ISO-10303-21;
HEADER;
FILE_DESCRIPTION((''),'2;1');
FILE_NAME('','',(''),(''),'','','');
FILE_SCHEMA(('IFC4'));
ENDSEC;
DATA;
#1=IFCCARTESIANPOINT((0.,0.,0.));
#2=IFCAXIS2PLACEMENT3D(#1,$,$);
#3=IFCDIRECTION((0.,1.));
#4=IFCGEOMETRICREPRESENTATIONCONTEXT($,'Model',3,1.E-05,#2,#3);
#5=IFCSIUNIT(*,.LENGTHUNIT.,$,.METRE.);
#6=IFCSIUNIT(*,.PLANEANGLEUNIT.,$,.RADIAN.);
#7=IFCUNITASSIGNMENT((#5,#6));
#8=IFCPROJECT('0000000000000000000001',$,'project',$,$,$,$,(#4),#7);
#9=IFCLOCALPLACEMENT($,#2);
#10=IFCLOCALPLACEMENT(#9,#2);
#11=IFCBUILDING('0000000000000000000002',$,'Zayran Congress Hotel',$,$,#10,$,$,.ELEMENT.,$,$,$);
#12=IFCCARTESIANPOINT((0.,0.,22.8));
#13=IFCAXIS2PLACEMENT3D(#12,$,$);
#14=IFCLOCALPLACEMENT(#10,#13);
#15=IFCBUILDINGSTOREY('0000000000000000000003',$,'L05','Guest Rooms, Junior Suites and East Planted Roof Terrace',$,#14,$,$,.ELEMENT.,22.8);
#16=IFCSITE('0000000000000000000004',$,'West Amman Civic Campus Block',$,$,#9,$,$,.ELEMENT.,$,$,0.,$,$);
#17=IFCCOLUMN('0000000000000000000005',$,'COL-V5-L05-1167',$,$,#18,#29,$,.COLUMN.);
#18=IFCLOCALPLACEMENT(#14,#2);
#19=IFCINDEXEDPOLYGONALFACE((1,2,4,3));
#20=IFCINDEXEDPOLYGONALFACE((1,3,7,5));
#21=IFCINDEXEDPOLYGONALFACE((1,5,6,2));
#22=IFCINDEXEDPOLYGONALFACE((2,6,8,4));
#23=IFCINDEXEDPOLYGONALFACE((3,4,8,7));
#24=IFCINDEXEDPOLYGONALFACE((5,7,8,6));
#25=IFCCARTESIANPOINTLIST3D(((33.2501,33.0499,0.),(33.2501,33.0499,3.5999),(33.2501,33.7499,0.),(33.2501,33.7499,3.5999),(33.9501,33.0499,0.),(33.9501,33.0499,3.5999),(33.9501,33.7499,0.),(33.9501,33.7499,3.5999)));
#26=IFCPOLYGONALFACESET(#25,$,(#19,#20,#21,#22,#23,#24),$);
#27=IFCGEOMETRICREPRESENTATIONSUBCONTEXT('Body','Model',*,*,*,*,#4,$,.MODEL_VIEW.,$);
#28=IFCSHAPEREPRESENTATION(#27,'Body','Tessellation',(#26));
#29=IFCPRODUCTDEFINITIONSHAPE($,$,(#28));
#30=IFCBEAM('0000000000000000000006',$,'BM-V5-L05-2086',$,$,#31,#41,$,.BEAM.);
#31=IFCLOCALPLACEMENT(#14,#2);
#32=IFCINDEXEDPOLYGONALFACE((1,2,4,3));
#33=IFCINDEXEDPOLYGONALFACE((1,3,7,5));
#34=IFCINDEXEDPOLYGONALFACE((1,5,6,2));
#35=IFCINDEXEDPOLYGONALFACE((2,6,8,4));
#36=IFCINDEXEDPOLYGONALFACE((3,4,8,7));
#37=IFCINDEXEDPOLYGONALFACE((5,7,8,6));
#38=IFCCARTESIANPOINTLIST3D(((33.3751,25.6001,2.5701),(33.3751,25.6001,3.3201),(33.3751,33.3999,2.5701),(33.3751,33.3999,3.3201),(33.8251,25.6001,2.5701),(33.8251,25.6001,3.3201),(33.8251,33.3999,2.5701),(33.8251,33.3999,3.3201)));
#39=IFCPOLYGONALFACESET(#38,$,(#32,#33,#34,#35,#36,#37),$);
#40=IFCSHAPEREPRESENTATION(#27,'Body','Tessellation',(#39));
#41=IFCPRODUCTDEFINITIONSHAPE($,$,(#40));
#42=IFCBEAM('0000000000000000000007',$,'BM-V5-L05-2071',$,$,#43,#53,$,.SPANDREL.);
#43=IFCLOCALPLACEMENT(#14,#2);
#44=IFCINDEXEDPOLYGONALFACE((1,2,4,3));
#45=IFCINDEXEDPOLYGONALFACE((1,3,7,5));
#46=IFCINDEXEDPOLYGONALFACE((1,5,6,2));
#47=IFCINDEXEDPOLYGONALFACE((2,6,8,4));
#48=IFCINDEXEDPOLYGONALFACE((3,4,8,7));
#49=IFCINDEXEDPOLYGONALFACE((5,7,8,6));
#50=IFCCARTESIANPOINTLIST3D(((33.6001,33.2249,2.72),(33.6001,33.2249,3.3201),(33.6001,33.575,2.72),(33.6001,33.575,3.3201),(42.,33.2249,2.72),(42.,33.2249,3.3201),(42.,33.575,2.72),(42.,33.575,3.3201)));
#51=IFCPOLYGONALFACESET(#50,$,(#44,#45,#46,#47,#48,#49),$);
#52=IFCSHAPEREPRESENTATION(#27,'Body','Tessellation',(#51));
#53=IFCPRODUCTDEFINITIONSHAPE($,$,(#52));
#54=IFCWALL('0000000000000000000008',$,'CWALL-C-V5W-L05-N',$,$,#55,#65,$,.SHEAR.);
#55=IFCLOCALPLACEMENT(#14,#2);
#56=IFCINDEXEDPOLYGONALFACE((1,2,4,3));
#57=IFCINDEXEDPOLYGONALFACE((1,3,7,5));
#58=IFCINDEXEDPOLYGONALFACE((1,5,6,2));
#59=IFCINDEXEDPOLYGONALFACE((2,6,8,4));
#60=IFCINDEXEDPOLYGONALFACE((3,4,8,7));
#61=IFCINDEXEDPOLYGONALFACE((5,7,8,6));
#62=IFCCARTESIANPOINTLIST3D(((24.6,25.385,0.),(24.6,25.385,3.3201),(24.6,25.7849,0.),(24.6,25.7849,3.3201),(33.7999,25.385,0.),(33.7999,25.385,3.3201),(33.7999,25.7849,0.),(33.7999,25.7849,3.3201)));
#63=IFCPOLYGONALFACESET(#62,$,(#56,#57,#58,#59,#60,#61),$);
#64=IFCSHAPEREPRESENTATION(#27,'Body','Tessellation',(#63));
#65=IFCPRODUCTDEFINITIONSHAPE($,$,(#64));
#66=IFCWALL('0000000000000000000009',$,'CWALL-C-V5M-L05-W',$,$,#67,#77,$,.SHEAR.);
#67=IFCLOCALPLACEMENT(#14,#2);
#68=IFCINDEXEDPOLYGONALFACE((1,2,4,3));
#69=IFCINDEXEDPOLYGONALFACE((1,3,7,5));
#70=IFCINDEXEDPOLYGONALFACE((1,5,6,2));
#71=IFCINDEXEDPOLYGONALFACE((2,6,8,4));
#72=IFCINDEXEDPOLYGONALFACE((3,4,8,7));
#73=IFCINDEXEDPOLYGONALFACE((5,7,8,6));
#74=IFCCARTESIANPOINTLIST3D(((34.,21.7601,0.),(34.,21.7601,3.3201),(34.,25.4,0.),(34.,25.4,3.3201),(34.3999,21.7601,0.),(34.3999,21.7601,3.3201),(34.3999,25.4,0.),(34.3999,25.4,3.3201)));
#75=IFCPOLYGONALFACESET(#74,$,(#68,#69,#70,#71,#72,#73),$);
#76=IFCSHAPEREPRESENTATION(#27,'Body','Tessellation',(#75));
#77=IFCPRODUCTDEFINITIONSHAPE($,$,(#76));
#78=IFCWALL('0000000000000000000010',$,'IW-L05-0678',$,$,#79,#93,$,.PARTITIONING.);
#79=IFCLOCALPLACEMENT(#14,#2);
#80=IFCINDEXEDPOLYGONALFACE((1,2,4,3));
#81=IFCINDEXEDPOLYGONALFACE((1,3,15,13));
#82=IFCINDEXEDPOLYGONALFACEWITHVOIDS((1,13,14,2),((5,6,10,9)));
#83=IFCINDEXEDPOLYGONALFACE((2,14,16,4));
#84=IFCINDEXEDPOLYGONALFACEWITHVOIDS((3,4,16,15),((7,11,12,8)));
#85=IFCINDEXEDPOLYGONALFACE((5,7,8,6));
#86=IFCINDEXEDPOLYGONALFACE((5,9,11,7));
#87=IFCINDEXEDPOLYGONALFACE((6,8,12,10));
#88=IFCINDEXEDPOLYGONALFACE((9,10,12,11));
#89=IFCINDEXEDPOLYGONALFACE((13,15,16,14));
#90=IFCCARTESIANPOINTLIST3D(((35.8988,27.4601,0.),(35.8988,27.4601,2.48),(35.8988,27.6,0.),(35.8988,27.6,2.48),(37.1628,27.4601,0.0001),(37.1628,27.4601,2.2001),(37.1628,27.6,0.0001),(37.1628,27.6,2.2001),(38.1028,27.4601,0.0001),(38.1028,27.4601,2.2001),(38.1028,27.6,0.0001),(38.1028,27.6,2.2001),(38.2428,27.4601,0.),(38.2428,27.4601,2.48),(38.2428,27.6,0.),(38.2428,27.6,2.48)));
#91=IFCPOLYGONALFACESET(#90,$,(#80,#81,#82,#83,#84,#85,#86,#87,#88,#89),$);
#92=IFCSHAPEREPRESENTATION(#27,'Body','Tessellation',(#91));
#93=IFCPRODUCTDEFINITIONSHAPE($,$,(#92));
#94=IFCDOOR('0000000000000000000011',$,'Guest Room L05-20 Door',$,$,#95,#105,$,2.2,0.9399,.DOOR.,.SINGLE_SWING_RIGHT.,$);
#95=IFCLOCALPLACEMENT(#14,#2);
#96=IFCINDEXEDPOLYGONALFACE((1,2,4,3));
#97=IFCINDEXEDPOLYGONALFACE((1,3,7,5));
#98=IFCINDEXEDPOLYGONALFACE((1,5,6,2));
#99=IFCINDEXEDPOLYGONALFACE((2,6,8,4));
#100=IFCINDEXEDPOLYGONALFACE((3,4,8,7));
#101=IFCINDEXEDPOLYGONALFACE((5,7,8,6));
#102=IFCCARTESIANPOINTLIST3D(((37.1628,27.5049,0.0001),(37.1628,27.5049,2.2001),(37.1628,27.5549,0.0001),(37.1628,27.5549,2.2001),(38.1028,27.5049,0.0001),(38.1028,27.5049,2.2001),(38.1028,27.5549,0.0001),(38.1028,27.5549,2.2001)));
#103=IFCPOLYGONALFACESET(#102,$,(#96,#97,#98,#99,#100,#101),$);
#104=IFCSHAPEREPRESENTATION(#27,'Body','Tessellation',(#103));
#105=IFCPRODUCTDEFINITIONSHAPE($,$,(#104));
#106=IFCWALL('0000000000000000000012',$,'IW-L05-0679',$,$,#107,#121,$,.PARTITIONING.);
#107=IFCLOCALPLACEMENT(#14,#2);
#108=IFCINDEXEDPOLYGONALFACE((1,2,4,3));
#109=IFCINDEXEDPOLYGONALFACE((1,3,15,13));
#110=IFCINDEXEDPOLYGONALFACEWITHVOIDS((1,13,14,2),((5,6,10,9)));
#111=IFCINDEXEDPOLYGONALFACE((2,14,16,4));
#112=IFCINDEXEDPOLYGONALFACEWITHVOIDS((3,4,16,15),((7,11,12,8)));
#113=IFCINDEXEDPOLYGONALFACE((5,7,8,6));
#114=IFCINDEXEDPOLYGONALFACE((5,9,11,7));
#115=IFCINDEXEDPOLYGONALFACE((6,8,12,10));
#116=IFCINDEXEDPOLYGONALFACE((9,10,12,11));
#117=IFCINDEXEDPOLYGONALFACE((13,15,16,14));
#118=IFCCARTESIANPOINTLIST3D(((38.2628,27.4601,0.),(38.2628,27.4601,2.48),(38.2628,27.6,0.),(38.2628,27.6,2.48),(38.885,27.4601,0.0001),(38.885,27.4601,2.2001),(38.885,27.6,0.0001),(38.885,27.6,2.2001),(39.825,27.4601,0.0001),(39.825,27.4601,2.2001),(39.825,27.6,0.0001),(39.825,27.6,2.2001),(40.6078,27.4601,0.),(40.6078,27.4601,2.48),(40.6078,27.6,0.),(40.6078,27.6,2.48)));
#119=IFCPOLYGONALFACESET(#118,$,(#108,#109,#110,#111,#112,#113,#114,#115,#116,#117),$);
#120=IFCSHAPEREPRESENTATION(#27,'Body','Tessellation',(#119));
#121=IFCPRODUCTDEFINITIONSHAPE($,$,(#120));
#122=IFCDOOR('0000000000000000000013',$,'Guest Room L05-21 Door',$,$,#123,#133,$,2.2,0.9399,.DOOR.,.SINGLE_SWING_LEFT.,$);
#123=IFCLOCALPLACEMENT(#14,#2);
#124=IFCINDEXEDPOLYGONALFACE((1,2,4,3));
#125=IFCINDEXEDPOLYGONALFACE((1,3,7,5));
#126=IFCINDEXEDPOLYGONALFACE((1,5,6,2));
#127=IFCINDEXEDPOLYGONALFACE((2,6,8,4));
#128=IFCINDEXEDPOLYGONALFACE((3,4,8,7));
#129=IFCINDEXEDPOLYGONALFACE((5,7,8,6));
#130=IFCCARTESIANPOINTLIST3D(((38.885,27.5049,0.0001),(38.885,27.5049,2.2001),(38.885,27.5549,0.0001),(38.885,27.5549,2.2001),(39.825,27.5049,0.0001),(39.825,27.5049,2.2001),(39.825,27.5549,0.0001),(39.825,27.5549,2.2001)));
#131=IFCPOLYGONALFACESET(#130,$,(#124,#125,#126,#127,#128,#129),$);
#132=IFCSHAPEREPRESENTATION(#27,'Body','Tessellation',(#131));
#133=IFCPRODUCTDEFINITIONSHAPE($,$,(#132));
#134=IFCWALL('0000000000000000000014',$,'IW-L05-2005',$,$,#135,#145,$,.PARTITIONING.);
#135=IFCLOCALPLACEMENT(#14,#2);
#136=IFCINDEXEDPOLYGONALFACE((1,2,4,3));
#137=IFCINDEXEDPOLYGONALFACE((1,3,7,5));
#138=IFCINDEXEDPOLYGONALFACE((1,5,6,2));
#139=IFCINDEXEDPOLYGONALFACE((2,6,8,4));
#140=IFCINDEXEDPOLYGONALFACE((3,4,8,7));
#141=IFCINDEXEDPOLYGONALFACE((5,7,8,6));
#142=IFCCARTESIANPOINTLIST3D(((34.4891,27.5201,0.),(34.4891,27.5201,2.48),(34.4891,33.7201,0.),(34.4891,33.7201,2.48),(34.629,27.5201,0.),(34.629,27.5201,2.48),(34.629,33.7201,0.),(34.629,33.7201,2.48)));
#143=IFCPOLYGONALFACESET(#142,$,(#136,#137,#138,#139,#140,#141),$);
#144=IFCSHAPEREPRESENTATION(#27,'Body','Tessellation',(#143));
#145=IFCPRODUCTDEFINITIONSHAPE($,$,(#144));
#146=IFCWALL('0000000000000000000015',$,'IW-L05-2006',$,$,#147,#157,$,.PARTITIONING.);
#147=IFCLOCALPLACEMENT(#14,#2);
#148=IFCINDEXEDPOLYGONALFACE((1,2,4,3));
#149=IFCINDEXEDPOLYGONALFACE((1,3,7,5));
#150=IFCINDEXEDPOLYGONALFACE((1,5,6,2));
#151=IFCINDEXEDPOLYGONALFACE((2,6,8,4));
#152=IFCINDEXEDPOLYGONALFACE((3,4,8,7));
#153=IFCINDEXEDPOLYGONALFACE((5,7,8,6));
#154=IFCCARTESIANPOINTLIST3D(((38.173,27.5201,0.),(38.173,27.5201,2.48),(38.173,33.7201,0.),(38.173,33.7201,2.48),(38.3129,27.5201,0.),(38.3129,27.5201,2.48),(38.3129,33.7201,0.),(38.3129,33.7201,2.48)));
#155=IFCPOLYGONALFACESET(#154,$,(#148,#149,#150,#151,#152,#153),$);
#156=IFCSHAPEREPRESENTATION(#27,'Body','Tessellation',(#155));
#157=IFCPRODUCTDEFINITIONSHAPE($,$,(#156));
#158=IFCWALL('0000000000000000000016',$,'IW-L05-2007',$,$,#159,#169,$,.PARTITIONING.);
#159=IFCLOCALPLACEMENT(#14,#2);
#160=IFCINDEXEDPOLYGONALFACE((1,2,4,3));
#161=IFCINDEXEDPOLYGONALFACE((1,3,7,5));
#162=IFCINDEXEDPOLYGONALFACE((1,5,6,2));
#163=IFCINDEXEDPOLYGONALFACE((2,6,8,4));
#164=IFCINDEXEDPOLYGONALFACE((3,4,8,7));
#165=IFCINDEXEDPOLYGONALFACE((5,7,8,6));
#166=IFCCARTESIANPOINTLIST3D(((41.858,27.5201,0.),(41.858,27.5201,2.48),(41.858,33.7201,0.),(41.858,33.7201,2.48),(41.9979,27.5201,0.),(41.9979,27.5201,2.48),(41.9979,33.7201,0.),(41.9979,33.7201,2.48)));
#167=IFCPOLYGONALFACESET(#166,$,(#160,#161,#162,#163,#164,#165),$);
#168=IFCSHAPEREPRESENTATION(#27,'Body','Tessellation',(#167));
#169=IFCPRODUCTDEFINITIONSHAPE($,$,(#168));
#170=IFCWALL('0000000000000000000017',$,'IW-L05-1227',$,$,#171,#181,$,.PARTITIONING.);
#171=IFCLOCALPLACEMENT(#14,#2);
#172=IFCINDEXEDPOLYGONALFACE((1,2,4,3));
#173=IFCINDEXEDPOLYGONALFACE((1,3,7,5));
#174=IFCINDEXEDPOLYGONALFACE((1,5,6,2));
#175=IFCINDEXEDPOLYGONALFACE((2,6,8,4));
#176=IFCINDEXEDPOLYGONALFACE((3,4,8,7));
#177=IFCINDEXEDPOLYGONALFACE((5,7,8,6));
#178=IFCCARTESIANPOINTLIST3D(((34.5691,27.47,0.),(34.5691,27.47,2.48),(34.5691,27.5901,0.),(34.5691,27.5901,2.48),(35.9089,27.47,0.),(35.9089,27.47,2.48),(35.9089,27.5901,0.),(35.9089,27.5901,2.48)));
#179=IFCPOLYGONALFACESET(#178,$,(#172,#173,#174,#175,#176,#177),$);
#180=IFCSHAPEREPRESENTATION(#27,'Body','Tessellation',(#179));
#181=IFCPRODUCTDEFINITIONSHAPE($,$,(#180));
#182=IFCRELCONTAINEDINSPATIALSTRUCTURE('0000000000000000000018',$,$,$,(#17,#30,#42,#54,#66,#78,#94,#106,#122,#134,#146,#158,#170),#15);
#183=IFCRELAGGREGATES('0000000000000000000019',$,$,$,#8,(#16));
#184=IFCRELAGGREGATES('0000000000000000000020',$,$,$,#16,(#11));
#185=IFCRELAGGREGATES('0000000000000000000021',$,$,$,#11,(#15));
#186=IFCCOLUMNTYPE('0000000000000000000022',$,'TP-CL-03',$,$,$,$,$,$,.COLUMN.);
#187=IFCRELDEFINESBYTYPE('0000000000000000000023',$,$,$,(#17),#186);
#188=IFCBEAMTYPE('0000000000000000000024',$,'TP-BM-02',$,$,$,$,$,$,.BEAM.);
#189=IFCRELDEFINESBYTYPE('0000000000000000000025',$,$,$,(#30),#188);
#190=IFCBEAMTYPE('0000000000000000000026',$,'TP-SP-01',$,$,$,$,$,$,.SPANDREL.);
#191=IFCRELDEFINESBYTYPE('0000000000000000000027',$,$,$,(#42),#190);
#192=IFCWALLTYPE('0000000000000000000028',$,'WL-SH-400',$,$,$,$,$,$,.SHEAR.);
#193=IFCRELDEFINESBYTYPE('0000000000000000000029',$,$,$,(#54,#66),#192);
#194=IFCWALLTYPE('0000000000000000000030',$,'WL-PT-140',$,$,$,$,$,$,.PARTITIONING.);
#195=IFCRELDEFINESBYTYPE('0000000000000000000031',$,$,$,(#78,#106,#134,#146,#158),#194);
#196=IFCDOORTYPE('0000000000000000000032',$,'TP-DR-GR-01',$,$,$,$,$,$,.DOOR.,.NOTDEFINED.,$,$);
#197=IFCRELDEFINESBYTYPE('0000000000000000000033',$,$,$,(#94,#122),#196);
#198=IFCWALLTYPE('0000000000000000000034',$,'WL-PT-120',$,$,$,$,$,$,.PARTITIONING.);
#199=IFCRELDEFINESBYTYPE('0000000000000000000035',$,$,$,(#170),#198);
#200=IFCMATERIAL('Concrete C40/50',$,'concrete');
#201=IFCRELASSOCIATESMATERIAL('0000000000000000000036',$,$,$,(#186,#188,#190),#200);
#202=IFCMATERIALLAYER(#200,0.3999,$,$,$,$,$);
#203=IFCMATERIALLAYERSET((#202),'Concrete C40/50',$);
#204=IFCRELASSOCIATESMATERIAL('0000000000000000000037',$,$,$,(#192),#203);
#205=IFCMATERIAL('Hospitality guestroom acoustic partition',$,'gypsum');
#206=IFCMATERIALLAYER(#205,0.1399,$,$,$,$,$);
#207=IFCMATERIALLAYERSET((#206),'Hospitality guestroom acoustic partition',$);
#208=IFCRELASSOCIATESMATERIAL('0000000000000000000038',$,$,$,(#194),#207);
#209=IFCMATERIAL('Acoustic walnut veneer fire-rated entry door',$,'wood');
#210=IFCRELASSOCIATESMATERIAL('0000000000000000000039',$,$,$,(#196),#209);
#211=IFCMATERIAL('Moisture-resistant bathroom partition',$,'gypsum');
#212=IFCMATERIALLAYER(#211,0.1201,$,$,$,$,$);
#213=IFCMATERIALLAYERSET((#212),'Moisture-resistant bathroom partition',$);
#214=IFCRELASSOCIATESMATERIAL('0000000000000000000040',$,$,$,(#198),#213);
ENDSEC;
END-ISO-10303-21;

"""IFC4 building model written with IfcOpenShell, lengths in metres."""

from ifc_helpers import new_model, si_unit, direction, frame, frame_2d, origin, origin_2d, place, context, subcontext, project, spatial, rectangle, extrude, material, layer, layer_set, material_profile, profile_set, type_object, element, fill, save


model = new_model("IFC4")

# Units and contexts
model_context = context("Model", 3, precision=1e-05, world=origin(), true_north=direction((0.0, 1.0)))
body_context = subcontext(model_context, "Body", "Model", "MODEL_VIEW")
ifc_project = project(units=[si_unit("LENGTHUNIT", "METRE"), si_unit("PLANEANGLEUNIT", "RADIAN")], contexts=[model_context])

# Site, building, storey
site_placement = place(None, origin())
site = spatial("IfcSite", under=ifc_project, at=site_placement, Name="West Amman Civic Campus Block", CompositionType="ELEMENT", RefElevation=0.0)
building_placement = place(site_placement, origin())
building = spatial("IfcBuilding", under=site, at=building_placement, Name="Zayran Congress Hotel", CompositionType="ELEMENT")
storey_placement = place(building_placement, frame((0.0, 0.0, 22.8)))
storey = spatial("IfcBuildingStorey", under=building, at=storey_placement, Name="L05", Description="Guest Rooms, Junior Suites and East Planted Roof Terrace", CompositionType="ELEMENT", Elevation=22.8)

# Column
ifc_material_1 = material(Name="Concrete C40/50", Category="concrete")
ifc_material_profile_1 = material_profile(ifc_material_1, rectangle(XDim=0.7, YDim=0.7, at=origin_2d()), Name="RC 700x700")
ifc_profile_set_1 = profile_set([ifc_material_profile_1], Name="Concrete C40/50")
column_type = type_object("IfcColumnType", Name="TP-CL-03", PredefinedType="COLUMN", material=ifc_profile_set_1)
column_placement = place(storey_placement, frame((33.6001, 33.3999, 0.0), z_axis=(0.0, 0.0, 1.0), x_axis=(1.0, 0.0, 0.0)))
element("IfcColumn", 1, at=column_placement, inside=storey, type_object=column_type, Name="COL-V5-L05-1167", PredefinedType="COLUMN", context=body_context, shape_type="SweptSolid", body=[
    extrude(rectangle(XDim=0.7, YDim=0.7, at=origin_2d()), origin(), (0.0, 0.0, 1.0), 3.5999),
])

# Beams
ifc_material_profile_2 = material_profile(ifc_material_1, rectangle(XDim=0.45, YDim=0.75, at=origin_2d()), Name="RC 450x750")
ifc_profile_set_2 = profile_set([ifc_material_profile_2], Name="Concrete C40/50")
beam_type_1 = type_object("IfcBeamType", Name="TP-BM-02", PredefinedType="BEAM", material=ifc_profile_set_2)
beam_1_placement = place(storey_placement, frame((33.6001, 25.6001, 2.9451), z_axis=(0.0, 1.0, 0.0), x_axis=(-1.0, 0.0, 0.0)))
element("IfcBeam", 2, at=beam_1_placement, inside=storey, type_object=beam_type_1, Name="BM-V5-L05-2086", PredefinedType="BEAM", context=body_context, shape_type="SweptSolid", body=[
    extrude(rectangle(XDim=0.45, YDim=0.75, at=origin_2d()), origin(), (0.0, 0.0, 1.0), 7.7998),
])
ifc_material_profile_3 = material_profile(ifc_material_1, rectangle(XDim=0.3501, YDim=0.6001, at=origin_2d()), Name="RC 350x600")
ifc_profile_set_3 = profile_set([ifc_material_profile_3], Name="Concrete C40/50")
beam_type_2 = type_object("IfcBeamType", Name="TP-SP-01", PredefinedType="SPANDREL", material=ifc_profile_set_3)
beam_2_placement = place(storey_placement, frame((33.6001, 33.3999, 3.02), z_axis=(1.0, 0.0, 0.0), x_axis=(0.0, 1.0, 0.0)))
element("IfcBeam", 3, at=beam_2_placement, inside=storey, type_object=beam_type_2, Name="BM-V5-L05-2071", PredefinedType="SPANDREL", context=body_context, shape_type="SweptSolid", body=[
    extrude(rectangle(XDim=0.3501, YDim=0.6001, at=origin_2d()), origin(), (0.0, 0.0, 1.0), 8.3999),
])

# Walls
ifc_layer_1 = layer(ifc_material_1, 0.3999)
ifc_layer_set_1 = layer_set([ifc_layer_1], Name="Concrete C40/50")
wall_type_1 = type_object("IfcWallType", Name="WL-SH-400", PredefinedType="SHEAR", material=ifc_layer_set_1)
wall_1_placement = place(storey_placement, frame((33.8, 25.585, 0.0), z_axis=(0.0, 0.0, 1.0), x_axis=(-1.0, 0.0, 0.0)))
element("IfcWall", 4, at=wall_1_placement, inside=storey, type_object=wall_type_1, Name="CWALL-C-V5W-L05-N", PredefinedType="SHEAR", context=body_context, shape_type="SweptSolid", body=[
    extrude(rectangle(XDim=9.2, YDim=0.3999, at=frame_2d((4.6001, 0.0))), origin(), (0.0, 0.0, 1.0), 3.3201),
])
wall_2_placement = place(storey_placement, frame((34.2, 25.3999, 0.0), z_axis=(0.0, 0.0, 1.0), x_axis=(0.0, -1.0, 0.0)))
element("IfcWall", 5, at=wall_2_placement, inside=storey, type_object=wall_type_1, Name="CWALL-C-V5M-L05-W", PredefinedType="SHEAR", context=body_context, shape_type="SweptSolid", body=[
    extrude(rectangle(XDim=3.6399, YDim=0.3999, at=frame_2d((1.8198, 0.0))), origin(), (0.0, 0.0, 1.0), 3.3201),
])

# Walls, openings, doors
ifc_material_2 = material(Name="Hospitality guestroom acoustic partition", Category="gypsum")
ifc_layer_2 = layer(ifc_material_2, 0.1399)
ifc_layer_set_2 = layer_set([ifc_layer_2], Name="Hospitality guestroom acoustic partition")
wall_type_2 = type_object("IfcWallType", Name="WL-PT-140", PredefinedType="PARTITIONING", material=ifc_layer_set_2)
wall_3_placement = place(storey_placement, frame((35.8989, 27.53, 0.0), z_axis=(0.0, 0.0, 1.0), x_axis=(1.0, 0.0, 0.0)))
wall_3 = element("IfcWall", 6, at=wall_3_placement, inside=storey, type_object=wall_type_2, Name="IW-L05-0678", PredefinedType="PARTITIONING", context=body_context, shape_type="SweptSolid", body=[
    extrude(rectangle(XDim=2.344, YDim=0.1399, at=frame_2d((1.1719, 0.0))), origin(), (0.0, 0.0, 1.0), 2.48),
])
opening_1_placement = place(wall_3_placement, frame((1.2639, 0.0, 0.0)))
opening_1 = element("IfcOpeningElement", 7, at=opening_1_placement, cuts=wall_3, PredefinedType="OPENING", context=body_context, shape_type="SweptSolid", body=[
    extrude(rectangle(XDim=0.9399, YDim=2.2, at=frame_2d((0.47, 1.1001))), frame((0.0, 0.0798, 0.0), z_axis=(0.0, -1.0, 0.0), x_axis=(1.0, 0.0, 0.0)), (0.0, 0.0, 1.0), 0.1599),
])
ifc_material_3 = material(Name="Acoustic walnut veneer fire-rated entry door", Category="wood")
door_type_1 = type_object("IfcDoorType", Name="TP-DR-GR-01", OperationType="NOTDEFINED", PredefinedType="DOOR", material=ifc_material_3)
door_1_placement = place(opening_1_placement, origin())
door_1 = element("IfcDoor", 8, at=door_1_placement, inside=storey, type_object=door_type_1, Name="Guest Room L05-20 Door", OperationType="SINGLE_SWING_RIGHT", OverallHeight=2.2, OverallWidth=0.9399, PredefinedType="DOOR", context=body_context, shape_type="SweptSolid", body=[
    extrude(rectangle(XDim=0.9399, YDim=2.2, at=frame_2d((0.47, 1.1001))), frame((0.0, 0.0249, 0.0), z_axis=(0.0, -1.0, 0.0), x_axis=(1.0, 0.0, 0.0)), (0.0, 0.0, 1.0), 0.05),
])
fill(opening_1, door_1)
wall_4_placement = place(storey_placement, frame((38.2629, 27.53, 0.0), z_axis=(0.0, 0.0, 1.0), x_axis=(1.0, 0.0, 0.0)))
wall_4 = element("IfcWall", 9, at=wall_4_placement, inside=storey, type_object=wall_type_2, Name="IW-L05-0679", PredefinedType="PARTITIONING", context=body_context, shape_type="SweptSolid", body=[
    extrude(rectangle(XDim=2.345, YDim=0.1399, at=frame_2d((1.1724, 0.0))), origin(), (0.0, 0.0, 1.0), 2.48),
])
opening_2_placement = place(wall_4_placement, frame((0.6221, 0.0, 0.0)))
opening_2 = element("IfcOpeningElement", 10, at=opening_2_placement, cuts=wall_4, PredefinedType="OPENING", context=body_context, shape_type="SweptSolid", body=[
    extrude(rectangle(XDim=0.9399, YDim=2.2, at=frame_2d((0.47, 1.1001))), frame((0.0, 0.0798, 0.0), z_axis=(0.0, -1.0, 0.0), x_axis=(1.0, 0.0, 0.0)), (0.0, 0.0, 1.0), 0.1599),
])
door_2_placement = place(opening_2_placement, origin())
door_2 = element("IfcDoor", 11, at=door_2_placement, inside=storey, type_object=door_type_1, Name="Guest Room L05-21 Door", OperationType="SINGLE_SWING_LEFT", OverallHeight=2.2, OverallWidth=0.9399, PredefinedType="DOOR", context=body_context, shape_type="SweptSolid", body=[
    extrude(rectangle(XDim=0.9399, YDim=2.2, at=frame_2d((0.47, 1.1001))), frame((0.0, 0.0249, 0.0), z_axis=(0.0, -1.0, 0.0), x_axis=(1.0, 0.0, 0.0)), (0.0, 0.0, 1.0), 0.05),
])
fill(opening_2, door_2)

# Walls
for number, where, z_axis, x_axis, name in (
    (12, (34.5591, 27.52, 0.0), (0.0, 0.0, 1.0), (0.0, 1.0, 0.0), "IW-L05-2005"),
    (13, (38.2429, 27.52, 0.0), (0.0, 0.0, 1.0), (0.0, 1.0, 0.0), "IW-L05-2006"),
    (14, (41.928, 27.52, 0.0), (0.0, 0.0, 1.0), (0.0, 1.0, 0.0), "IW-L05-2007"),
):
    element("IfcWall", number, at=place(storey_placement, frame(where, z_axis=z_axis, x_axis=x_axis)), inside=storey, type_object=wall_type_2, Name=name, PredefinedType="PARTITIONING", context=body_context, shape_type="SweptSolid", body=[
        extrude(rectangle(XDim=6.2, YDim=0.1399, at=frame_2d((3.1001, 0.0))), origin(), (0.0, 0.0, 1.0), 2.48),
    ])

# Shared definitions
ifc_material_4 = material(Name="Moisture-resistant bathroom partition", Category="gypsum")
ifc_layer_3 = layer(ifc_material_4, 0.1201)
ifc_layer_set_3 = layer_set([ifc_layer_3], Name="Moisture-resistant bathroom partition")
wall_type_3 = type_object("IfcWallType", Name="WL-PT-120", PredefinedType="PARTITIONING", material=ifc_layer_set_3)

# Wall
for number, where, z_axis, x_axis, name in (
    (15, (34.5691, 27.53, 0.0), (0.0, 0.0, 1.0), (1.0, 0.0, 0.0), "IW-L05-1227"),
):
    element("IfcWall", number, at=place(storey_placement, frame(where, z_axis=z_axis, x_axis=x_axis)), inside=storey, type_object=wall_type_3, Name=name, PredefinedType="PARTITIONING", context=body_context, shape_type="SweptSolid", body=[
        extrude(rectangle(XDim=1.3398, YDim=0.1201, at=frame_2d((0.6699, 0.0))), origin(), (0.0, 0.0, 1.0), 2.48),
    ])

save(model, "model.ifc")
